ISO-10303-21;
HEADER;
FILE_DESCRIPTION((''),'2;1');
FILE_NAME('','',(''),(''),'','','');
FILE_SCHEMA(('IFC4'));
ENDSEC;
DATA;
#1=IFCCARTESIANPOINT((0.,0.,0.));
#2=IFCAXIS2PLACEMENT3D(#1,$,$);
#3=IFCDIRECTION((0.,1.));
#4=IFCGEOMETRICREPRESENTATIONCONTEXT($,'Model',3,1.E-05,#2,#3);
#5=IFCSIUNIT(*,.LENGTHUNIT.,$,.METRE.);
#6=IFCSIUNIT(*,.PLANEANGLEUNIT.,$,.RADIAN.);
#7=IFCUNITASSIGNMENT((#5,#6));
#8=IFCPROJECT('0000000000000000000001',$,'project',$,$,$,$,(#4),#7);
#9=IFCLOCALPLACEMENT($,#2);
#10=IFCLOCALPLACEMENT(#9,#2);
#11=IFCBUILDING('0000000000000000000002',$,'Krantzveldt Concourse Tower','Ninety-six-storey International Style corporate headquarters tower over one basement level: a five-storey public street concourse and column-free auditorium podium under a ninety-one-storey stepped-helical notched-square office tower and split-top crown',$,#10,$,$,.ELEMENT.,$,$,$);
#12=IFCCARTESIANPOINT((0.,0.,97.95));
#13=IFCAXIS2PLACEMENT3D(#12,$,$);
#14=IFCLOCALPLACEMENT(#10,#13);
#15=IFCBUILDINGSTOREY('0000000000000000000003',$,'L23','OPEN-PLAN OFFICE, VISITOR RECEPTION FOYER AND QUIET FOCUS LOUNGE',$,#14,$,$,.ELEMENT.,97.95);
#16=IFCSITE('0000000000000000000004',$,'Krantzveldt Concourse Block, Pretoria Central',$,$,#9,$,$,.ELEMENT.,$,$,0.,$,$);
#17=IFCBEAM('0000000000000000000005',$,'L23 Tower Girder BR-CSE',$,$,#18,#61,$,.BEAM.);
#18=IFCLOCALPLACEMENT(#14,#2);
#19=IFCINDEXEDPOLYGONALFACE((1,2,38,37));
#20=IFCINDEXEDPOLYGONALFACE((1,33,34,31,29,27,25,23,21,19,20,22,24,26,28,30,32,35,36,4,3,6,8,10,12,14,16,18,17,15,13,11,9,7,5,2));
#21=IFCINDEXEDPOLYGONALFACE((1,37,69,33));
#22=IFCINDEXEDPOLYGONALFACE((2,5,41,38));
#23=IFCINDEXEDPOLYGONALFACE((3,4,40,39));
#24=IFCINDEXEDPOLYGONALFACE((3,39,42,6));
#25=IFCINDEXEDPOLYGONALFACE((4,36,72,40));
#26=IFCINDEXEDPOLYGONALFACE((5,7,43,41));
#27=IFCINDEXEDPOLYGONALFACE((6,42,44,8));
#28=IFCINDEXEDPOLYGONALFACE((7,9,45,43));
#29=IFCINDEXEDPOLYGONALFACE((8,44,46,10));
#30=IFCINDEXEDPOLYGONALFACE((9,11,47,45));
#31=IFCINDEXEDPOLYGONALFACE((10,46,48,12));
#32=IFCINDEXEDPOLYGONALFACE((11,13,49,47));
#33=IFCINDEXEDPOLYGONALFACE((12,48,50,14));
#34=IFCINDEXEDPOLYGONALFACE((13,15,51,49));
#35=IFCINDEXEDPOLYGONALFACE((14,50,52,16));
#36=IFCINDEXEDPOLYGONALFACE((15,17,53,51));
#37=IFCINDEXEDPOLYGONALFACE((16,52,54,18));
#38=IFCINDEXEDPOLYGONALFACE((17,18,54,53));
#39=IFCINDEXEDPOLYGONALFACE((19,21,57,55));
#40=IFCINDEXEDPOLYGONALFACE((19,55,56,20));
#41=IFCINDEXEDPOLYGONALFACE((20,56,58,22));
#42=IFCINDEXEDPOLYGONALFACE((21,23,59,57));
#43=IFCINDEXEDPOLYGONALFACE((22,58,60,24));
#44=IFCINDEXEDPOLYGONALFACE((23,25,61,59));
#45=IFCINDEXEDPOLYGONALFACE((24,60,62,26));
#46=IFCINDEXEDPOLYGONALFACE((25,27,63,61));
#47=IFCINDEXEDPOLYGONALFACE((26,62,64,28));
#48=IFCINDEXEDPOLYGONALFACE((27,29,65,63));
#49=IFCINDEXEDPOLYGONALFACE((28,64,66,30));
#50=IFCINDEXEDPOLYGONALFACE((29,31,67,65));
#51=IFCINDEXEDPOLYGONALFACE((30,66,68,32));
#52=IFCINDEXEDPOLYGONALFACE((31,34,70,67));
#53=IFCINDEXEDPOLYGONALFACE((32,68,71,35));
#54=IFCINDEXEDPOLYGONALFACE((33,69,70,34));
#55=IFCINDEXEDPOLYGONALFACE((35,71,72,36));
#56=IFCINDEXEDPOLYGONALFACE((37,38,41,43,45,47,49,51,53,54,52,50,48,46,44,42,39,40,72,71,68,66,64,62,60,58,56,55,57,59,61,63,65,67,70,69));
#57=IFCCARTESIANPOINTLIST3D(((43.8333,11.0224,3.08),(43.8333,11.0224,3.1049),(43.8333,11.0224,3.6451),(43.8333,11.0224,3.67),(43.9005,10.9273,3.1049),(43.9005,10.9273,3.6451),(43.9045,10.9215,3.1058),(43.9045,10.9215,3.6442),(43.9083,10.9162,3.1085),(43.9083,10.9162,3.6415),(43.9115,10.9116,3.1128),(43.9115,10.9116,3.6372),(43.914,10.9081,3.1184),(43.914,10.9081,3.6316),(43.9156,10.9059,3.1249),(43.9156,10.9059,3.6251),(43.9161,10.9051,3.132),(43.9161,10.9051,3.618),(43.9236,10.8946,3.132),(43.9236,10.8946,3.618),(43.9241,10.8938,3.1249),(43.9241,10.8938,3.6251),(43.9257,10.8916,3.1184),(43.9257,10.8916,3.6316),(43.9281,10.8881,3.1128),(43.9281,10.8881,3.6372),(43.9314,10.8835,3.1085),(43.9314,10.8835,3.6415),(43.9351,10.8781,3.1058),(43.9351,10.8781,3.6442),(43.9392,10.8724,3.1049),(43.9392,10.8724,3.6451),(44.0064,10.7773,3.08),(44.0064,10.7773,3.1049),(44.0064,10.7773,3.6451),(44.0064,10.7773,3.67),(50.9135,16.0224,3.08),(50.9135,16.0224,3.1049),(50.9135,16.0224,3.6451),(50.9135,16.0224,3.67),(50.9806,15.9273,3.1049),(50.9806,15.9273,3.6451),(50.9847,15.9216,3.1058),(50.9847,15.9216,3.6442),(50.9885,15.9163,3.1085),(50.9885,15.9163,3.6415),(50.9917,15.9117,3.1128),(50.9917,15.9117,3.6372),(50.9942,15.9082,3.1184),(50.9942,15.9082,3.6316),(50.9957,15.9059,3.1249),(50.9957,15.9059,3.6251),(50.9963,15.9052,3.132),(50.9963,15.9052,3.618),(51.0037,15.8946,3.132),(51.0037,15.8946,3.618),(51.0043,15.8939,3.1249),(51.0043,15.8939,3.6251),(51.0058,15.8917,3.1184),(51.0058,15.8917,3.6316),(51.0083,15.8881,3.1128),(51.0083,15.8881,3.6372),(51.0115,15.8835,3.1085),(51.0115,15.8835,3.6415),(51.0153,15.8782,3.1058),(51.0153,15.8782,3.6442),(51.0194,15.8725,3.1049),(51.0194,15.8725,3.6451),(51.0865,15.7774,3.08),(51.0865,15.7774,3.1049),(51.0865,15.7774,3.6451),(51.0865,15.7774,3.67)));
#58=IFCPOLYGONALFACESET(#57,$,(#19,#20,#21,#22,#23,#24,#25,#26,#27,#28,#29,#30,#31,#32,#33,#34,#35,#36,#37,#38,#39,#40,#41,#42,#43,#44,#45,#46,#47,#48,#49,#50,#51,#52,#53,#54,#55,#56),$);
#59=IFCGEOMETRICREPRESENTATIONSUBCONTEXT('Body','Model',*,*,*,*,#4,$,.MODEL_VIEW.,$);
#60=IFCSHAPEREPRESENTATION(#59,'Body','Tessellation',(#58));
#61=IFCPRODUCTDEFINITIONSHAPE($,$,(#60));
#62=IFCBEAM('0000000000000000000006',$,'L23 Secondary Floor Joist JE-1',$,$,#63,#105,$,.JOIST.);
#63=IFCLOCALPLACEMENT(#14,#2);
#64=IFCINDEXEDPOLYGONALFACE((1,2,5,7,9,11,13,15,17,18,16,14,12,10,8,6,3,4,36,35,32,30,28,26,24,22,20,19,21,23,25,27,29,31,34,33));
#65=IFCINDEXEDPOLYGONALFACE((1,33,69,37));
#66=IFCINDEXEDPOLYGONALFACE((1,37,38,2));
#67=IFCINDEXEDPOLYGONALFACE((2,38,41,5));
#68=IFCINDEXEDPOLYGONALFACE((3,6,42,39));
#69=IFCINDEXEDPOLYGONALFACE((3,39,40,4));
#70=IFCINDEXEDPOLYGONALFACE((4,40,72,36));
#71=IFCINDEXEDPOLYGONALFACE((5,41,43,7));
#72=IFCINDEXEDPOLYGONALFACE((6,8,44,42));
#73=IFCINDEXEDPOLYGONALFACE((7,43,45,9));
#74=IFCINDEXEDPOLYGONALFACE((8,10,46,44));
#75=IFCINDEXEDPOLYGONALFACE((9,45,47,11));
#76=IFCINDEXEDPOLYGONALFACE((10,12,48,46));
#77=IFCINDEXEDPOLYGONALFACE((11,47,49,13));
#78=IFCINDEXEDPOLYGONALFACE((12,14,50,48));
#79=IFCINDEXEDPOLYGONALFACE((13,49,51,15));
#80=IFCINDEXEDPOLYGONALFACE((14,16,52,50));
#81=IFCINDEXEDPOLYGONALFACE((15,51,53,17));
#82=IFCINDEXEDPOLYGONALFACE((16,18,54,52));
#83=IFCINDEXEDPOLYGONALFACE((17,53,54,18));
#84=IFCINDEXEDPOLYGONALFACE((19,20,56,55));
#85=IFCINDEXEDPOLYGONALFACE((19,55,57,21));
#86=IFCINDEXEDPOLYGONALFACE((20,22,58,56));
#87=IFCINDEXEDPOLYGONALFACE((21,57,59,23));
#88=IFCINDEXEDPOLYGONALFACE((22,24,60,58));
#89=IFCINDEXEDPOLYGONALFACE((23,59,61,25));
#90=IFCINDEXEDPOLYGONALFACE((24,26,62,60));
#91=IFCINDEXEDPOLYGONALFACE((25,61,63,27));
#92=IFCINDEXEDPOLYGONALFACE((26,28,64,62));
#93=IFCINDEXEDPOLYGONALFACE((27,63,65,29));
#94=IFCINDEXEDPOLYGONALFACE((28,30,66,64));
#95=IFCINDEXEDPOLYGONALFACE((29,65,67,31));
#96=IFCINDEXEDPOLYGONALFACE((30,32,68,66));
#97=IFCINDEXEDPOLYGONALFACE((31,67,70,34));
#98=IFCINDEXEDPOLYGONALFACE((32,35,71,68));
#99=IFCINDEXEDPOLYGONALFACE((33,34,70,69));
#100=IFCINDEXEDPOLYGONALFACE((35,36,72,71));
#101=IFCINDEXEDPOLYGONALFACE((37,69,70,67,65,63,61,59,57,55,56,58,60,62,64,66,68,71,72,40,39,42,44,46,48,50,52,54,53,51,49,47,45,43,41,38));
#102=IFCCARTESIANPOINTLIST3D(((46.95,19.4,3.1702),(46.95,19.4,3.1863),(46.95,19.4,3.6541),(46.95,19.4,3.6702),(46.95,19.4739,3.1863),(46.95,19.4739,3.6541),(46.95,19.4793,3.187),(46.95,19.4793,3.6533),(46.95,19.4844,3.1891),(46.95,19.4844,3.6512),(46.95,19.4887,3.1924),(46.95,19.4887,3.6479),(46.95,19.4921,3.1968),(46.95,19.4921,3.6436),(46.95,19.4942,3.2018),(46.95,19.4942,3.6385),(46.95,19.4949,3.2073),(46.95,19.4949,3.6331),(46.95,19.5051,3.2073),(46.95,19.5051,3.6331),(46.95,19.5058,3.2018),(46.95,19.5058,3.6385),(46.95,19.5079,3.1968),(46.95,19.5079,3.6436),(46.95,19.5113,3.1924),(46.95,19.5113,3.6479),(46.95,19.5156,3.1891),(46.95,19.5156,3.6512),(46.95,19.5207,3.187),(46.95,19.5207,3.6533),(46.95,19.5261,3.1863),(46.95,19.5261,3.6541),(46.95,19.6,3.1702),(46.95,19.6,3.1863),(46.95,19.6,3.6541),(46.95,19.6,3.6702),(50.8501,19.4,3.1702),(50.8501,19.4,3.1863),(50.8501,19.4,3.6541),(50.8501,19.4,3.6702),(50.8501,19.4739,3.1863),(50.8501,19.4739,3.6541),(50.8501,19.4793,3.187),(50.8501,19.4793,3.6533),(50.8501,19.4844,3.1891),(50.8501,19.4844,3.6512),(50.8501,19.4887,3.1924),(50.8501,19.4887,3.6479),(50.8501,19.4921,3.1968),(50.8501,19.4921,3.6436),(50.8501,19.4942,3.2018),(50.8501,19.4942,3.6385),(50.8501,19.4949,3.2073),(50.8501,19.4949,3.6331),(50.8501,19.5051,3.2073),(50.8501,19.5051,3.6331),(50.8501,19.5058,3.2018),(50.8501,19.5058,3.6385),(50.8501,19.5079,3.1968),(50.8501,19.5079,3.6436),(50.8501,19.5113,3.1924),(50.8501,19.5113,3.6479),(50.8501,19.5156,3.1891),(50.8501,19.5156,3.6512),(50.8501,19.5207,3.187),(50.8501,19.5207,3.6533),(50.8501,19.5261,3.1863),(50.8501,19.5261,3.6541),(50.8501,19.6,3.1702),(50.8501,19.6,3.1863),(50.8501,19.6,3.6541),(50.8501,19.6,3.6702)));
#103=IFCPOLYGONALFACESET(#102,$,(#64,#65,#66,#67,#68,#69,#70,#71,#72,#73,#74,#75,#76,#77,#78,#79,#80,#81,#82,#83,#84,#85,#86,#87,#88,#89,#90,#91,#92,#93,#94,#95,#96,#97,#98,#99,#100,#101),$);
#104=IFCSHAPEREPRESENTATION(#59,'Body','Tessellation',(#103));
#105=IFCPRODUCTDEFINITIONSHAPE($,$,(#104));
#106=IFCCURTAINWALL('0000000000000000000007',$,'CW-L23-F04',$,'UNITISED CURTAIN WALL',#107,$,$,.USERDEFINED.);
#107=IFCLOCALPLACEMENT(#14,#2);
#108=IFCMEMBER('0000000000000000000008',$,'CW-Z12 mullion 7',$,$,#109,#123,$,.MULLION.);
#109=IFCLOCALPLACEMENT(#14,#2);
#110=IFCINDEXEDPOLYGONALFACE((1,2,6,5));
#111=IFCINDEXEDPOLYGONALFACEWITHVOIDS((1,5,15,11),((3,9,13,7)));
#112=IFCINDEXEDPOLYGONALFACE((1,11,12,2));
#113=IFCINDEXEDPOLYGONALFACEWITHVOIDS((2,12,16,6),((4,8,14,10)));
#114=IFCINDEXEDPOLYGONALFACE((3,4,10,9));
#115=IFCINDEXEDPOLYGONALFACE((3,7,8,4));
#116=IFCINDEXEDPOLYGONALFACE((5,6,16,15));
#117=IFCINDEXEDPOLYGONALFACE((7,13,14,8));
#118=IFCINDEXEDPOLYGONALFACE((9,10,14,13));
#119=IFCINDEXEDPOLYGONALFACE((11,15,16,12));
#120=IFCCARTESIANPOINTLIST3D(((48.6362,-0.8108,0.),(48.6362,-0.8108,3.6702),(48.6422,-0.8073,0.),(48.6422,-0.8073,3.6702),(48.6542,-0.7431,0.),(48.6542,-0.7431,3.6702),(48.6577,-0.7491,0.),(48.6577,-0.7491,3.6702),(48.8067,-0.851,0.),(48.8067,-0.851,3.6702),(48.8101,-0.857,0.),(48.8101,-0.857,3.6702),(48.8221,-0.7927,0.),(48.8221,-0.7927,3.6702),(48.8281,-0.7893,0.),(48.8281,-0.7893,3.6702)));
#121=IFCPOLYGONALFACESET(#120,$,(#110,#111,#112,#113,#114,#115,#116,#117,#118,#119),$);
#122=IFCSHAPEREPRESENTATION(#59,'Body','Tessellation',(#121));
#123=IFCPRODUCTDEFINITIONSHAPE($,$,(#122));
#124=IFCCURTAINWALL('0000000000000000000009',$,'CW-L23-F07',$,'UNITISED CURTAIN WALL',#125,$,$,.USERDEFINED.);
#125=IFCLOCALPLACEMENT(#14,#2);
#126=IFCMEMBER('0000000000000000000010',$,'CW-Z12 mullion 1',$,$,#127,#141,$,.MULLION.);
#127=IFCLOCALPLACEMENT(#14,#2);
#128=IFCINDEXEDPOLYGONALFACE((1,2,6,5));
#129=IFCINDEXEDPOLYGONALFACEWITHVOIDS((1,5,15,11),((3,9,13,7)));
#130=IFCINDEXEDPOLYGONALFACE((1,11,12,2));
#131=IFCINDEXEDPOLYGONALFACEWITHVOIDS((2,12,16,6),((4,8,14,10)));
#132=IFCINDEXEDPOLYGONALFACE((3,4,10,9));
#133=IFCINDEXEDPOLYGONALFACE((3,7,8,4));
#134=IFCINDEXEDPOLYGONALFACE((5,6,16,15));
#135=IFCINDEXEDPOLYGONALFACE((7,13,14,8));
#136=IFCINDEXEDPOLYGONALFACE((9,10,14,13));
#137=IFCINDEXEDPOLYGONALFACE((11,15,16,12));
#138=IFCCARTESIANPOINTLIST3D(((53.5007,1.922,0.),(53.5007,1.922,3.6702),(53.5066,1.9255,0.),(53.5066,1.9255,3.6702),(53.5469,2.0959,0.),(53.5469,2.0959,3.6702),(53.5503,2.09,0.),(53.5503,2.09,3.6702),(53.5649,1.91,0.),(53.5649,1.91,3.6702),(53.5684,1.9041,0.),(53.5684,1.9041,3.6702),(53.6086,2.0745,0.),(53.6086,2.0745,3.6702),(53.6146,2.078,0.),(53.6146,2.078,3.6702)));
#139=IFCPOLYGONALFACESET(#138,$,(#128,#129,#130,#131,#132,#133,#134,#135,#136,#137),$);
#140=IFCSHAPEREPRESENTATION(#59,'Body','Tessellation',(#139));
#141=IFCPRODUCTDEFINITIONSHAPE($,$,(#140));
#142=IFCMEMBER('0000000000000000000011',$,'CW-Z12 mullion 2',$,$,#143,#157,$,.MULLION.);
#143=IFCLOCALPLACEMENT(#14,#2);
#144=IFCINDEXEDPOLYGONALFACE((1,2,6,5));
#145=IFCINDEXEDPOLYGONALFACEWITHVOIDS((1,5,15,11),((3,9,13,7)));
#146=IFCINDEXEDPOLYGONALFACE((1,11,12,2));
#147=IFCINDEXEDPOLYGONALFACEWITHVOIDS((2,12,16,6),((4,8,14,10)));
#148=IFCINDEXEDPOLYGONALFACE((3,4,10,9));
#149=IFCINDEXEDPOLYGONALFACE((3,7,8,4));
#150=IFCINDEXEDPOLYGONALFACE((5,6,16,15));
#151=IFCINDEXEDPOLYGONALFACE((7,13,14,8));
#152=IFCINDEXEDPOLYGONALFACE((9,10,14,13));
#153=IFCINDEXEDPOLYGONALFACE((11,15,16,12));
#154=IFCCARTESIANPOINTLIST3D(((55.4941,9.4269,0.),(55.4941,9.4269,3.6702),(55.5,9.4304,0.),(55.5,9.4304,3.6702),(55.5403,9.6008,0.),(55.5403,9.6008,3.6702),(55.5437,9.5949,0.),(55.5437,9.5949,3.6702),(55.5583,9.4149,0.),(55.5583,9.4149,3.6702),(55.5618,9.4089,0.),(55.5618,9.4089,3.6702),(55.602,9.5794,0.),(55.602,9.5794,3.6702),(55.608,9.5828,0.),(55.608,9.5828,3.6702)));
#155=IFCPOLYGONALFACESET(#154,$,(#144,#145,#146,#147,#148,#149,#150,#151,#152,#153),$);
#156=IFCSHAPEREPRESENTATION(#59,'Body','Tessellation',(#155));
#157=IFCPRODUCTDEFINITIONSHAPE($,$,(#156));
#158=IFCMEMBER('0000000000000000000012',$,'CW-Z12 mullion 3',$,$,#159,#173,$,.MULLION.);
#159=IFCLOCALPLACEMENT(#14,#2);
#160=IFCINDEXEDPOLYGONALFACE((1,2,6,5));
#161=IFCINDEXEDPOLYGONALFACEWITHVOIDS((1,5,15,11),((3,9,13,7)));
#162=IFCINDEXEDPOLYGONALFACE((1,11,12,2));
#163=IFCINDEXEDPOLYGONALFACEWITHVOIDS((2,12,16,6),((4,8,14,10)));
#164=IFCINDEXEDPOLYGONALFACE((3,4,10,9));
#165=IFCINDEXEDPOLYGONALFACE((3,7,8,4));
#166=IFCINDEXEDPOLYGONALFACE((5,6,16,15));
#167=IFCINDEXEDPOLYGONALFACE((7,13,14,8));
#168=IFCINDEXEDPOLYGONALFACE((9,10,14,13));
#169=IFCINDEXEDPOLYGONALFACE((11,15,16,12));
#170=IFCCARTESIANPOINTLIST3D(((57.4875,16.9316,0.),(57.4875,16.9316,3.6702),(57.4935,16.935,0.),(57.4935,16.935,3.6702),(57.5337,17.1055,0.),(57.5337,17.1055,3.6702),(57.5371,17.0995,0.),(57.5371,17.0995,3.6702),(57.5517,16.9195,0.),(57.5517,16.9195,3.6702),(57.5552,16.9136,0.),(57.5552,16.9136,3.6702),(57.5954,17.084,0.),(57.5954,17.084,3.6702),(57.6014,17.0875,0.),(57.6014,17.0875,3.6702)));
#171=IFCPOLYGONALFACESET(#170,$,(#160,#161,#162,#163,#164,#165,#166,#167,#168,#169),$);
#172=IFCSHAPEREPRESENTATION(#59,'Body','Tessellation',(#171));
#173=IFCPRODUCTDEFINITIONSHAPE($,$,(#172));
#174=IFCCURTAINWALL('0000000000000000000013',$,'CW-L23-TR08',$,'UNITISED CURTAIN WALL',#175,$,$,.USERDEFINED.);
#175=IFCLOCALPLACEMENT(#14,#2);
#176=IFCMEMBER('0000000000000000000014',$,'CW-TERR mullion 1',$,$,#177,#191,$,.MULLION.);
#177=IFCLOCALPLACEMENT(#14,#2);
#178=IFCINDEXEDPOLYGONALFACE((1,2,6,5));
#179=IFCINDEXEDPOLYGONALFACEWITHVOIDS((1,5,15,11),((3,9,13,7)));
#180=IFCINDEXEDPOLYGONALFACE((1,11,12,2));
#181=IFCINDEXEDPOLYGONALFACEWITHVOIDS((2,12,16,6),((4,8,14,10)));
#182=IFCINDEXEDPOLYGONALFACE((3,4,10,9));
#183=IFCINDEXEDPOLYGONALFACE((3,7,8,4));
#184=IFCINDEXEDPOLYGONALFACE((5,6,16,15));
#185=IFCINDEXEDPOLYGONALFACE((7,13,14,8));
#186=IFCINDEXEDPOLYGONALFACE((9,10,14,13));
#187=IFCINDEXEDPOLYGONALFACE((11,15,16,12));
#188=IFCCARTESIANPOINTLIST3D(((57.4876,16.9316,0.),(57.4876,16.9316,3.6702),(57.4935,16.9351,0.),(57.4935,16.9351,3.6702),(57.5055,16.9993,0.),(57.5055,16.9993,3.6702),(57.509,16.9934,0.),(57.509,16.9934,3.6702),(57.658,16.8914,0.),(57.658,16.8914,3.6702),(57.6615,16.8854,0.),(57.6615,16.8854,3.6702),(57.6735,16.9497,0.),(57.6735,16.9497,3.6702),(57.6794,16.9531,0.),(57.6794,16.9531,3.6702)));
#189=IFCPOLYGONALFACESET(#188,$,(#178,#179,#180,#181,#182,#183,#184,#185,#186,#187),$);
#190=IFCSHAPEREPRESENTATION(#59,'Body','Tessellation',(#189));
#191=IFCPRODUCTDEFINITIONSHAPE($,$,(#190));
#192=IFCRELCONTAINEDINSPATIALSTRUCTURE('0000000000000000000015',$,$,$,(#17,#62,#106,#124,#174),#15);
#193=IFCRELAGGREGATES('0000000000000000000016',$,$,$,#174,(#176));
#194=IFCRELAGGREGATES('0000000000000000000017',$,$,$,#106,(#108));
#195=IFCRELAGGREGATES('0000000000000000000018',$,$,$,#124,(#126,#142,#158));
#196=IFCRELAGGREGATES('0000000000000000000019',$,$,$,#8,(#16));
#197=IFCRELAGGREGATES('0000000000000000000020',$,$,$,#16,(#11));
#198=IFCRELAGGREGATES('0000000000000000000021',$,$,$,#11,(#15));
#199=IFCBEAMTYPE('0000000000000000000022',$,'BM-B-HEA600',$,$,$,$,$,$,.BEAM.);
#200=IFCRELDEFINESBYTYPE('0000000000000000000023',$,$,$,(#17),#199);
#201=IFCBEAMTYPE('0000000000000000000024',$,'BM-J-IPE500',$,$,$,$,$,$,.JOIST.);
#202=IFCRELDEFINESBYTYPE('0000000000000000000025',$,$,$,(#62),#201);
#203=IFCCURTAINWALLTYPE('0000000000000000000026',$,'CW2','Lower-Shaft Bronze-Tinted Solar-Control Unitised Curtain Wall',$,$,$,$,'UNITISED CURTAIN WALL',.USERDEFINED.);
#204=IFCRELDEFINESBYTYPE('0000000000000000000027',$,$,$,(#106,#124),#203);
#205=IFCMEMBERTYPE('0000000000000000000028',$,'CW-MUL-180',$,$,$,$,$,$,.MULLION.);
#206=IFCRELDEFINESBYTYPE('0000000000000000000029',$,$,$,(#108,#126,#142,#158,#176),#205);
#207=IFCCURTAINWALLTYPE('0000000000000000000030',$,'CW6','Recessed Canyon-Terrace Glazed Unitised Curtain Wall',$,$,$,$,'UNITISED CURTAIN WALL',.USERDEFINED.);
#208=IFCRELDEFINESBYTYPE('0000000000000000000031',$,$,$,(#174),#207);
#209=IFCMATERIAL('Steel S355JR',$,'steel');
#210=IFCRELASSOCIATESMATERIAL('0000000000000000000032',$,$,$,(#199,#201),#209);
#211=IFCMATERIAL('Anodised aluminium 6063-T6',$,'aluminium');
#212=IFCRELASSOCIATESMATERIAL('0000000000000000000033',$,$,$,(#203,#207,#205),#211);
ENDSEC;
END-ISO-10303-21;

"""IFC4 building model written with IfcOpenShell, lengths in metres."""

from ifc_helpers import new_model, si_unit, direction, frame, origin, origin_2d, place, context, subcontext, project, spatial, hollow_rectangle, i_section, extrude, source, transform, mapped, material, material_profile, profile_set, type_object, type_shapes, element, aggregate, save


model = new_model("IFC4")

# Units and contexts
model_context = context("Model", 3, precision=1e-05, world=origin(), true_north=direction((0.0, 1.0)))
body_context = subcontext(model_context, "Body", "Model", "MODEL_VIEW")
ifc_project = project(units=[si_unit("LENGTHUNIT", "METRE"), si_unit("PLANEANGLEUNIT", "RADIAN")], contexts=[model_context])

# Site, building, storey
site_placement = place(None, origin())
site = spatial("IfcSite", under=ifc_project, at=site_placement, Name="Krantzveldt Concourse Block, Pretoria Central", CompositionType="ELEMENT", RefElevation=0.0)
building_placement = place(site_placement, origin())
building = spatial("IfcBuilding", under=site, at=building_placement, Name="Krantzveldt Concourse Tower", Description="Ninety-six-storey International Style corporate headquarters tower over one basement level: a five-storey public street concourse and column-free auditorium podium under a ninety-one-storey stepped-helical notched-square office tower and split-top crown", CompositionType="ELEMENT")
storey_placement = place(building_placement, frame((0.0, 0.0, 97.95)))
storey = spatial("IfcBuildingStorey", under=building, at=storey_placement, Name="L23", Description="OPEN-PLAN OFFICE, VISITOR RECEPTION FOYER AND QUIET FOCUS LOUNGE", CompositionType="ELEMENT", Elevation=97.95)

# Beams
ifc_material_1 = material(Name="Steel S355JR", Category="steel")
ifc_material_profile_1 = material_profile(ifc_material_1, i_section(OverallWidth=0.3, OverallDepth=0.5901, WebThickness=0.0129, FlangeThickness=0.0249, FilletRadius=0.0271, at=origin_2d()), Name="Steel S355JR", Category="steel")
ifc_profile_set_1 = profile_set([ifc_material_profile_1], Name="Steel S355JR - HEA 600")
beam_type_1 = type_object("IfcBeamType", Name="BM-B-HEA600", PredefinedType="BEAM", material=ifc_profile_set_1)
shared_shape_1 = source(origin(), body_context, "Body", "SweptSolid", [
    extrude(i_section(OverallWidth=0.3, OverallDepth=0.5901, WebThickness=0.0129, FlangeThickness=0.0249, FilletRadius=0.0271, at=origin_2d()), origin(), (0.0, 0.0, 1.0), 8.6677),
])
beam_1_placement = place(storey_placement, frame((51.0, 15.8999, 3.375), z_axis=(-0.816843, -0.57686, 0.0), x_axis=(0.57686, -0.816843, 0.0)))
element("IfcBeam", 1, at=beam_1_placement, inside=storey, type_object=beam_type_1, Name="L23 Tower Girder BR-CSE", PredefinedType="BEAM", context=body_context, shape_type="MappedRepresentation", body=[
    mapped(shared_shape_1, transform((0.0, 0.0, 0.0), x_axis=(1.0, 0.0, 0.0), y_axis=(0.0, 1.0, 0.0), z_axis=(0.0, 0.0, 1.0), scale=1.0)),
])
ifc_material_profile_2 = material_profile(ifc_material_1, i_section(OverallWidth=0.2, OverallDepth=0.5, WebThickness=0.0103, FlangeThickness=0.0161, FilletRadius=0.021, at=origin_2d()), Name="Steel S355JR", Category="steel")
ifc_profile_set_2 = profile_set([ifc_material_profile_2], Name="Steel S355JR - IPE 500")
beam_type_2 = type_object("IfcBeamType", Name="BM-J-IPE500", PredefinedType="JOIST", material=ifc_profile_set_2)
shared_shape_2 = source(origin(), body_context, "Body", "SweptSolid", [
    extrude(i_section(OverallWidth=0.2, OverallDepth=0.5, WebThickness=0.0103, FlangeThickness=0.0161, FilletRadius=0.021, at=origin_2d()), origin(), (0.0, 0.0, 1.0), 3.9001),
])
type_shapes(beam_type_2, [shared_shape_2])
beam_2_placement = place(storey_placement, frame((46.95, 19.5, 3.4202), z_axis=(1.0, 0.0, 0.0), x_axis=(0.0, 1.0, 0.0)))
element("IfcBeam", 2, at=beam_2_placement, inside=storey, type_object=beam_type_2, Name="L23 Secondary Floor Joist JE-1", PredefinedType="JOIST", context=body_context, shape_type="MappedRepresentation", body=[
    mapped(shared_shape_2, transform((0.0, 0.0, 0.0), x_axis=(1.0, 0.0, 0.0), y_axis=(0.0, 1.0, 0.0), z_axis=(0.0, 0.0, 1.0), scale=1.0)),
])

# Curtain wall, member
ifc_material_2 = material(Name="Anodised aluminium 6063-T6", Category="aluminium")
curtain_wall_type_1 = type_object("IfcCurtainWallType", Name="CW2", Description="Lower-Shaft Bronze-Tinted Solar-Control Unitised Curtain Wall", ElementType="UNITISED CURTAIN WALL", PredefinedType="USERDEFINED", material=ifc_material_2)
curtain_wall_1_placement = place(storey_placement, origin())
curtain_wall_1 = element("IfcCurtainWall", 3, at=curtain_wall_1_placement, inside=storey, type_object=curtain_wall_type_1, Name="CW-L23-F04", ObjectType="UNITISED CURTAIN WALL", PredefinedType="USERDEFINED")
ifc_material_profile_3 = material_profile(ifc_material_2, hollow_rectangle(XDim=0.0701, YDim=0.1799, WallThickness=0.0049, at=origin_2d()), Name="Anodised aluminium 6063-T6", Category="aluminium")
ifc_profile_set_3 = profile_set([ifc_material_profile_3], Name="Anodised aluminium 6063-T6 - ALU-MULL 180x70x5")
member_type_1 = type_object("IfcMemberType", Name="CW-MUL-180", PredefinedType="MULLION", material=ifc_profile_set_3)
shared_shape_3 = source(origin(), body_context, "Body", "SweptSolid", [
    extrude(hollow_rectangle(XDim=0.0701, YDim=0.1799, WallThickness=0.0049, at=origin_2d()), origin(), (0.0, 0.0, 1.0), 3.6702),
])
type_shapes(member_type_1, [shared_shape_3])
member_1_placement = place(storey_placement, frame((48.7322, -0.8, 0.0), z_axis=(0.0, 0.0, 1.0), x_axis=(0.256711, 0.966488, 0.0)))
member_1 = element("IfcMember", 4, at=member_1_placement, type_object=member_type_1, Name="CW-Z12 mullion 7", PredefinedType="MULLION", context=body_context, shape_type="MappedRepresentation", body=[
    mapped(shared_shape_3, transform((0.0, 0.0, 0.0), x_axis=(1.0, 0.0, 0.0), y_axis=(0.0, 1.0, 0.0), z_axis=(0.0, 0.0, 1.0), scale=1.0)),
])

# Curtain walls, members
curtain_wall_2_placement = place(storey_placement, origin())
curtain_wall_2 = element("IfcCurtainWall", 5, at=curtain_wall_2_placement, inside=storey, type_object=curtain_wall_type_1, Name="CW-L23-F07", ObjectType="UNITISED CURTAIN WALL", PredefinedType="USERDEFINED")
member_2_placement = place(storey_placement, frame((53.5576, 2.0, 0.0), z_axis=(0.0, 0.0, 1.0), x_axis=(-0.966488, 0.256711, 0.0)))
member_2 = element("IfcMember", 6, at=member_2_placement, type_object=member_type_1, Name="CW-Z12 mullion 1", PredefinedType="MULLION", context=body_context, shape_type="MappedRepresentation", body=[
    mapped(shared_shape_3, transform((0.0, 0.0, 0.0), x_axis=(1.0, 0.0, 0.0), y_axis=(0.0, 1.0, 0.0), z_axis=(0.0, 0.0, 1.0), scale=1.0)),
])
member_3_placement = place(storey_placement, frame((55.551, 9.5049, 0.0), z_axis=(0.0, 0.0, 1.0), x_axis=(-0.966488, 0.256711, 0.0)))
member_3 = element("IfcMember", 7, at=member_3_placement, type_object=member_type_1, Name="CW-Z12 mullion 2", PredefinedType="MULLION", context=body_context, shape_type="MappedRepresentation", body=[
    mapped(shared_shape_3, transform((0.0, 0.0, 0.0), x_axis=(1.0, 0.0, 0.0), y_axis=(0.0, 1.0, 0.0), z_axis=(0.0, 0.0, 1.0), scale=1.0)),
])
member_4_placement = place(storey_placement, frame((57.5444, 17.0095, 0.0), z_axis=(0.0, 0.0, 1.0), x_axis=(-0.966488, 0.256711, 0.0)))
member_4 = element("IfcMember", 8, at=member_4_placement, type_object=member_type_1, Name="CW-Z12 mullion 3", PredefinedType="MULLION", context=body_context, shape_type="MappedRepresentation", body=[
    mapped(shared_shape_3, transform((0.0, 0.0, 0.0), x_axis=(1.0, 0.0, 0.0), y_axis=(0.0, 1.0, 0.0), z_axis=(0.0, 0.0, 1.0), scale=1.0)),
])
curtain_wall_type_2 = type_object("IfcCurtainWallType", Name="CW6", Description="Recessed Canyon-Terrace Glazed Unitised Curtain Wall", ElementType="UNITISED CURTAIN WALL", PredefinedType="USERDEFINED", material=ifc_material_2)
curtain_wall_3_placement = place(storey_placement, origin())
curtain_wall_3 = element("IfcCurtainWall", 9, at=curtain_wall_3_placement, inside=storey, type_object=curtain_wall_type_2, Name="CW-L23-TR08", ObjectType="UNITISED CURTAIN WALL", PredefinedType="USERDEFINED")
member_5_placement = place(storey_placement, frame((57.5835, 16.9424, 0.0), z_axis=(0.0, 0.0, 1.0), x_axis=(-0.256714, -0.966487, 0.0)))
member_5 = element("IfcMember", 10, at=member_5_placement, type_object=member_type_1, Name="CW-TERR mullion 1", PredefinedType="MULLION", context=body_context, shape_type="MappedRepresentation", body=[
    mapped(shared_shape_3, transform((0.0, 0.0, 0.0), x_axis=(1.0, 0.0, 0.0), y_axis=(0.0, 1.0, 0.0), z_axis=(0.0, 0.0, 1.0), scale=1.0)),
])

aggregate(curtain_wall_3, [member_5])
aggregate(curtain_wall_1, [member_1])
aggregate(curtain_wall_2, [member_2, member_3, member_4])

save(model, "model.ifc")
